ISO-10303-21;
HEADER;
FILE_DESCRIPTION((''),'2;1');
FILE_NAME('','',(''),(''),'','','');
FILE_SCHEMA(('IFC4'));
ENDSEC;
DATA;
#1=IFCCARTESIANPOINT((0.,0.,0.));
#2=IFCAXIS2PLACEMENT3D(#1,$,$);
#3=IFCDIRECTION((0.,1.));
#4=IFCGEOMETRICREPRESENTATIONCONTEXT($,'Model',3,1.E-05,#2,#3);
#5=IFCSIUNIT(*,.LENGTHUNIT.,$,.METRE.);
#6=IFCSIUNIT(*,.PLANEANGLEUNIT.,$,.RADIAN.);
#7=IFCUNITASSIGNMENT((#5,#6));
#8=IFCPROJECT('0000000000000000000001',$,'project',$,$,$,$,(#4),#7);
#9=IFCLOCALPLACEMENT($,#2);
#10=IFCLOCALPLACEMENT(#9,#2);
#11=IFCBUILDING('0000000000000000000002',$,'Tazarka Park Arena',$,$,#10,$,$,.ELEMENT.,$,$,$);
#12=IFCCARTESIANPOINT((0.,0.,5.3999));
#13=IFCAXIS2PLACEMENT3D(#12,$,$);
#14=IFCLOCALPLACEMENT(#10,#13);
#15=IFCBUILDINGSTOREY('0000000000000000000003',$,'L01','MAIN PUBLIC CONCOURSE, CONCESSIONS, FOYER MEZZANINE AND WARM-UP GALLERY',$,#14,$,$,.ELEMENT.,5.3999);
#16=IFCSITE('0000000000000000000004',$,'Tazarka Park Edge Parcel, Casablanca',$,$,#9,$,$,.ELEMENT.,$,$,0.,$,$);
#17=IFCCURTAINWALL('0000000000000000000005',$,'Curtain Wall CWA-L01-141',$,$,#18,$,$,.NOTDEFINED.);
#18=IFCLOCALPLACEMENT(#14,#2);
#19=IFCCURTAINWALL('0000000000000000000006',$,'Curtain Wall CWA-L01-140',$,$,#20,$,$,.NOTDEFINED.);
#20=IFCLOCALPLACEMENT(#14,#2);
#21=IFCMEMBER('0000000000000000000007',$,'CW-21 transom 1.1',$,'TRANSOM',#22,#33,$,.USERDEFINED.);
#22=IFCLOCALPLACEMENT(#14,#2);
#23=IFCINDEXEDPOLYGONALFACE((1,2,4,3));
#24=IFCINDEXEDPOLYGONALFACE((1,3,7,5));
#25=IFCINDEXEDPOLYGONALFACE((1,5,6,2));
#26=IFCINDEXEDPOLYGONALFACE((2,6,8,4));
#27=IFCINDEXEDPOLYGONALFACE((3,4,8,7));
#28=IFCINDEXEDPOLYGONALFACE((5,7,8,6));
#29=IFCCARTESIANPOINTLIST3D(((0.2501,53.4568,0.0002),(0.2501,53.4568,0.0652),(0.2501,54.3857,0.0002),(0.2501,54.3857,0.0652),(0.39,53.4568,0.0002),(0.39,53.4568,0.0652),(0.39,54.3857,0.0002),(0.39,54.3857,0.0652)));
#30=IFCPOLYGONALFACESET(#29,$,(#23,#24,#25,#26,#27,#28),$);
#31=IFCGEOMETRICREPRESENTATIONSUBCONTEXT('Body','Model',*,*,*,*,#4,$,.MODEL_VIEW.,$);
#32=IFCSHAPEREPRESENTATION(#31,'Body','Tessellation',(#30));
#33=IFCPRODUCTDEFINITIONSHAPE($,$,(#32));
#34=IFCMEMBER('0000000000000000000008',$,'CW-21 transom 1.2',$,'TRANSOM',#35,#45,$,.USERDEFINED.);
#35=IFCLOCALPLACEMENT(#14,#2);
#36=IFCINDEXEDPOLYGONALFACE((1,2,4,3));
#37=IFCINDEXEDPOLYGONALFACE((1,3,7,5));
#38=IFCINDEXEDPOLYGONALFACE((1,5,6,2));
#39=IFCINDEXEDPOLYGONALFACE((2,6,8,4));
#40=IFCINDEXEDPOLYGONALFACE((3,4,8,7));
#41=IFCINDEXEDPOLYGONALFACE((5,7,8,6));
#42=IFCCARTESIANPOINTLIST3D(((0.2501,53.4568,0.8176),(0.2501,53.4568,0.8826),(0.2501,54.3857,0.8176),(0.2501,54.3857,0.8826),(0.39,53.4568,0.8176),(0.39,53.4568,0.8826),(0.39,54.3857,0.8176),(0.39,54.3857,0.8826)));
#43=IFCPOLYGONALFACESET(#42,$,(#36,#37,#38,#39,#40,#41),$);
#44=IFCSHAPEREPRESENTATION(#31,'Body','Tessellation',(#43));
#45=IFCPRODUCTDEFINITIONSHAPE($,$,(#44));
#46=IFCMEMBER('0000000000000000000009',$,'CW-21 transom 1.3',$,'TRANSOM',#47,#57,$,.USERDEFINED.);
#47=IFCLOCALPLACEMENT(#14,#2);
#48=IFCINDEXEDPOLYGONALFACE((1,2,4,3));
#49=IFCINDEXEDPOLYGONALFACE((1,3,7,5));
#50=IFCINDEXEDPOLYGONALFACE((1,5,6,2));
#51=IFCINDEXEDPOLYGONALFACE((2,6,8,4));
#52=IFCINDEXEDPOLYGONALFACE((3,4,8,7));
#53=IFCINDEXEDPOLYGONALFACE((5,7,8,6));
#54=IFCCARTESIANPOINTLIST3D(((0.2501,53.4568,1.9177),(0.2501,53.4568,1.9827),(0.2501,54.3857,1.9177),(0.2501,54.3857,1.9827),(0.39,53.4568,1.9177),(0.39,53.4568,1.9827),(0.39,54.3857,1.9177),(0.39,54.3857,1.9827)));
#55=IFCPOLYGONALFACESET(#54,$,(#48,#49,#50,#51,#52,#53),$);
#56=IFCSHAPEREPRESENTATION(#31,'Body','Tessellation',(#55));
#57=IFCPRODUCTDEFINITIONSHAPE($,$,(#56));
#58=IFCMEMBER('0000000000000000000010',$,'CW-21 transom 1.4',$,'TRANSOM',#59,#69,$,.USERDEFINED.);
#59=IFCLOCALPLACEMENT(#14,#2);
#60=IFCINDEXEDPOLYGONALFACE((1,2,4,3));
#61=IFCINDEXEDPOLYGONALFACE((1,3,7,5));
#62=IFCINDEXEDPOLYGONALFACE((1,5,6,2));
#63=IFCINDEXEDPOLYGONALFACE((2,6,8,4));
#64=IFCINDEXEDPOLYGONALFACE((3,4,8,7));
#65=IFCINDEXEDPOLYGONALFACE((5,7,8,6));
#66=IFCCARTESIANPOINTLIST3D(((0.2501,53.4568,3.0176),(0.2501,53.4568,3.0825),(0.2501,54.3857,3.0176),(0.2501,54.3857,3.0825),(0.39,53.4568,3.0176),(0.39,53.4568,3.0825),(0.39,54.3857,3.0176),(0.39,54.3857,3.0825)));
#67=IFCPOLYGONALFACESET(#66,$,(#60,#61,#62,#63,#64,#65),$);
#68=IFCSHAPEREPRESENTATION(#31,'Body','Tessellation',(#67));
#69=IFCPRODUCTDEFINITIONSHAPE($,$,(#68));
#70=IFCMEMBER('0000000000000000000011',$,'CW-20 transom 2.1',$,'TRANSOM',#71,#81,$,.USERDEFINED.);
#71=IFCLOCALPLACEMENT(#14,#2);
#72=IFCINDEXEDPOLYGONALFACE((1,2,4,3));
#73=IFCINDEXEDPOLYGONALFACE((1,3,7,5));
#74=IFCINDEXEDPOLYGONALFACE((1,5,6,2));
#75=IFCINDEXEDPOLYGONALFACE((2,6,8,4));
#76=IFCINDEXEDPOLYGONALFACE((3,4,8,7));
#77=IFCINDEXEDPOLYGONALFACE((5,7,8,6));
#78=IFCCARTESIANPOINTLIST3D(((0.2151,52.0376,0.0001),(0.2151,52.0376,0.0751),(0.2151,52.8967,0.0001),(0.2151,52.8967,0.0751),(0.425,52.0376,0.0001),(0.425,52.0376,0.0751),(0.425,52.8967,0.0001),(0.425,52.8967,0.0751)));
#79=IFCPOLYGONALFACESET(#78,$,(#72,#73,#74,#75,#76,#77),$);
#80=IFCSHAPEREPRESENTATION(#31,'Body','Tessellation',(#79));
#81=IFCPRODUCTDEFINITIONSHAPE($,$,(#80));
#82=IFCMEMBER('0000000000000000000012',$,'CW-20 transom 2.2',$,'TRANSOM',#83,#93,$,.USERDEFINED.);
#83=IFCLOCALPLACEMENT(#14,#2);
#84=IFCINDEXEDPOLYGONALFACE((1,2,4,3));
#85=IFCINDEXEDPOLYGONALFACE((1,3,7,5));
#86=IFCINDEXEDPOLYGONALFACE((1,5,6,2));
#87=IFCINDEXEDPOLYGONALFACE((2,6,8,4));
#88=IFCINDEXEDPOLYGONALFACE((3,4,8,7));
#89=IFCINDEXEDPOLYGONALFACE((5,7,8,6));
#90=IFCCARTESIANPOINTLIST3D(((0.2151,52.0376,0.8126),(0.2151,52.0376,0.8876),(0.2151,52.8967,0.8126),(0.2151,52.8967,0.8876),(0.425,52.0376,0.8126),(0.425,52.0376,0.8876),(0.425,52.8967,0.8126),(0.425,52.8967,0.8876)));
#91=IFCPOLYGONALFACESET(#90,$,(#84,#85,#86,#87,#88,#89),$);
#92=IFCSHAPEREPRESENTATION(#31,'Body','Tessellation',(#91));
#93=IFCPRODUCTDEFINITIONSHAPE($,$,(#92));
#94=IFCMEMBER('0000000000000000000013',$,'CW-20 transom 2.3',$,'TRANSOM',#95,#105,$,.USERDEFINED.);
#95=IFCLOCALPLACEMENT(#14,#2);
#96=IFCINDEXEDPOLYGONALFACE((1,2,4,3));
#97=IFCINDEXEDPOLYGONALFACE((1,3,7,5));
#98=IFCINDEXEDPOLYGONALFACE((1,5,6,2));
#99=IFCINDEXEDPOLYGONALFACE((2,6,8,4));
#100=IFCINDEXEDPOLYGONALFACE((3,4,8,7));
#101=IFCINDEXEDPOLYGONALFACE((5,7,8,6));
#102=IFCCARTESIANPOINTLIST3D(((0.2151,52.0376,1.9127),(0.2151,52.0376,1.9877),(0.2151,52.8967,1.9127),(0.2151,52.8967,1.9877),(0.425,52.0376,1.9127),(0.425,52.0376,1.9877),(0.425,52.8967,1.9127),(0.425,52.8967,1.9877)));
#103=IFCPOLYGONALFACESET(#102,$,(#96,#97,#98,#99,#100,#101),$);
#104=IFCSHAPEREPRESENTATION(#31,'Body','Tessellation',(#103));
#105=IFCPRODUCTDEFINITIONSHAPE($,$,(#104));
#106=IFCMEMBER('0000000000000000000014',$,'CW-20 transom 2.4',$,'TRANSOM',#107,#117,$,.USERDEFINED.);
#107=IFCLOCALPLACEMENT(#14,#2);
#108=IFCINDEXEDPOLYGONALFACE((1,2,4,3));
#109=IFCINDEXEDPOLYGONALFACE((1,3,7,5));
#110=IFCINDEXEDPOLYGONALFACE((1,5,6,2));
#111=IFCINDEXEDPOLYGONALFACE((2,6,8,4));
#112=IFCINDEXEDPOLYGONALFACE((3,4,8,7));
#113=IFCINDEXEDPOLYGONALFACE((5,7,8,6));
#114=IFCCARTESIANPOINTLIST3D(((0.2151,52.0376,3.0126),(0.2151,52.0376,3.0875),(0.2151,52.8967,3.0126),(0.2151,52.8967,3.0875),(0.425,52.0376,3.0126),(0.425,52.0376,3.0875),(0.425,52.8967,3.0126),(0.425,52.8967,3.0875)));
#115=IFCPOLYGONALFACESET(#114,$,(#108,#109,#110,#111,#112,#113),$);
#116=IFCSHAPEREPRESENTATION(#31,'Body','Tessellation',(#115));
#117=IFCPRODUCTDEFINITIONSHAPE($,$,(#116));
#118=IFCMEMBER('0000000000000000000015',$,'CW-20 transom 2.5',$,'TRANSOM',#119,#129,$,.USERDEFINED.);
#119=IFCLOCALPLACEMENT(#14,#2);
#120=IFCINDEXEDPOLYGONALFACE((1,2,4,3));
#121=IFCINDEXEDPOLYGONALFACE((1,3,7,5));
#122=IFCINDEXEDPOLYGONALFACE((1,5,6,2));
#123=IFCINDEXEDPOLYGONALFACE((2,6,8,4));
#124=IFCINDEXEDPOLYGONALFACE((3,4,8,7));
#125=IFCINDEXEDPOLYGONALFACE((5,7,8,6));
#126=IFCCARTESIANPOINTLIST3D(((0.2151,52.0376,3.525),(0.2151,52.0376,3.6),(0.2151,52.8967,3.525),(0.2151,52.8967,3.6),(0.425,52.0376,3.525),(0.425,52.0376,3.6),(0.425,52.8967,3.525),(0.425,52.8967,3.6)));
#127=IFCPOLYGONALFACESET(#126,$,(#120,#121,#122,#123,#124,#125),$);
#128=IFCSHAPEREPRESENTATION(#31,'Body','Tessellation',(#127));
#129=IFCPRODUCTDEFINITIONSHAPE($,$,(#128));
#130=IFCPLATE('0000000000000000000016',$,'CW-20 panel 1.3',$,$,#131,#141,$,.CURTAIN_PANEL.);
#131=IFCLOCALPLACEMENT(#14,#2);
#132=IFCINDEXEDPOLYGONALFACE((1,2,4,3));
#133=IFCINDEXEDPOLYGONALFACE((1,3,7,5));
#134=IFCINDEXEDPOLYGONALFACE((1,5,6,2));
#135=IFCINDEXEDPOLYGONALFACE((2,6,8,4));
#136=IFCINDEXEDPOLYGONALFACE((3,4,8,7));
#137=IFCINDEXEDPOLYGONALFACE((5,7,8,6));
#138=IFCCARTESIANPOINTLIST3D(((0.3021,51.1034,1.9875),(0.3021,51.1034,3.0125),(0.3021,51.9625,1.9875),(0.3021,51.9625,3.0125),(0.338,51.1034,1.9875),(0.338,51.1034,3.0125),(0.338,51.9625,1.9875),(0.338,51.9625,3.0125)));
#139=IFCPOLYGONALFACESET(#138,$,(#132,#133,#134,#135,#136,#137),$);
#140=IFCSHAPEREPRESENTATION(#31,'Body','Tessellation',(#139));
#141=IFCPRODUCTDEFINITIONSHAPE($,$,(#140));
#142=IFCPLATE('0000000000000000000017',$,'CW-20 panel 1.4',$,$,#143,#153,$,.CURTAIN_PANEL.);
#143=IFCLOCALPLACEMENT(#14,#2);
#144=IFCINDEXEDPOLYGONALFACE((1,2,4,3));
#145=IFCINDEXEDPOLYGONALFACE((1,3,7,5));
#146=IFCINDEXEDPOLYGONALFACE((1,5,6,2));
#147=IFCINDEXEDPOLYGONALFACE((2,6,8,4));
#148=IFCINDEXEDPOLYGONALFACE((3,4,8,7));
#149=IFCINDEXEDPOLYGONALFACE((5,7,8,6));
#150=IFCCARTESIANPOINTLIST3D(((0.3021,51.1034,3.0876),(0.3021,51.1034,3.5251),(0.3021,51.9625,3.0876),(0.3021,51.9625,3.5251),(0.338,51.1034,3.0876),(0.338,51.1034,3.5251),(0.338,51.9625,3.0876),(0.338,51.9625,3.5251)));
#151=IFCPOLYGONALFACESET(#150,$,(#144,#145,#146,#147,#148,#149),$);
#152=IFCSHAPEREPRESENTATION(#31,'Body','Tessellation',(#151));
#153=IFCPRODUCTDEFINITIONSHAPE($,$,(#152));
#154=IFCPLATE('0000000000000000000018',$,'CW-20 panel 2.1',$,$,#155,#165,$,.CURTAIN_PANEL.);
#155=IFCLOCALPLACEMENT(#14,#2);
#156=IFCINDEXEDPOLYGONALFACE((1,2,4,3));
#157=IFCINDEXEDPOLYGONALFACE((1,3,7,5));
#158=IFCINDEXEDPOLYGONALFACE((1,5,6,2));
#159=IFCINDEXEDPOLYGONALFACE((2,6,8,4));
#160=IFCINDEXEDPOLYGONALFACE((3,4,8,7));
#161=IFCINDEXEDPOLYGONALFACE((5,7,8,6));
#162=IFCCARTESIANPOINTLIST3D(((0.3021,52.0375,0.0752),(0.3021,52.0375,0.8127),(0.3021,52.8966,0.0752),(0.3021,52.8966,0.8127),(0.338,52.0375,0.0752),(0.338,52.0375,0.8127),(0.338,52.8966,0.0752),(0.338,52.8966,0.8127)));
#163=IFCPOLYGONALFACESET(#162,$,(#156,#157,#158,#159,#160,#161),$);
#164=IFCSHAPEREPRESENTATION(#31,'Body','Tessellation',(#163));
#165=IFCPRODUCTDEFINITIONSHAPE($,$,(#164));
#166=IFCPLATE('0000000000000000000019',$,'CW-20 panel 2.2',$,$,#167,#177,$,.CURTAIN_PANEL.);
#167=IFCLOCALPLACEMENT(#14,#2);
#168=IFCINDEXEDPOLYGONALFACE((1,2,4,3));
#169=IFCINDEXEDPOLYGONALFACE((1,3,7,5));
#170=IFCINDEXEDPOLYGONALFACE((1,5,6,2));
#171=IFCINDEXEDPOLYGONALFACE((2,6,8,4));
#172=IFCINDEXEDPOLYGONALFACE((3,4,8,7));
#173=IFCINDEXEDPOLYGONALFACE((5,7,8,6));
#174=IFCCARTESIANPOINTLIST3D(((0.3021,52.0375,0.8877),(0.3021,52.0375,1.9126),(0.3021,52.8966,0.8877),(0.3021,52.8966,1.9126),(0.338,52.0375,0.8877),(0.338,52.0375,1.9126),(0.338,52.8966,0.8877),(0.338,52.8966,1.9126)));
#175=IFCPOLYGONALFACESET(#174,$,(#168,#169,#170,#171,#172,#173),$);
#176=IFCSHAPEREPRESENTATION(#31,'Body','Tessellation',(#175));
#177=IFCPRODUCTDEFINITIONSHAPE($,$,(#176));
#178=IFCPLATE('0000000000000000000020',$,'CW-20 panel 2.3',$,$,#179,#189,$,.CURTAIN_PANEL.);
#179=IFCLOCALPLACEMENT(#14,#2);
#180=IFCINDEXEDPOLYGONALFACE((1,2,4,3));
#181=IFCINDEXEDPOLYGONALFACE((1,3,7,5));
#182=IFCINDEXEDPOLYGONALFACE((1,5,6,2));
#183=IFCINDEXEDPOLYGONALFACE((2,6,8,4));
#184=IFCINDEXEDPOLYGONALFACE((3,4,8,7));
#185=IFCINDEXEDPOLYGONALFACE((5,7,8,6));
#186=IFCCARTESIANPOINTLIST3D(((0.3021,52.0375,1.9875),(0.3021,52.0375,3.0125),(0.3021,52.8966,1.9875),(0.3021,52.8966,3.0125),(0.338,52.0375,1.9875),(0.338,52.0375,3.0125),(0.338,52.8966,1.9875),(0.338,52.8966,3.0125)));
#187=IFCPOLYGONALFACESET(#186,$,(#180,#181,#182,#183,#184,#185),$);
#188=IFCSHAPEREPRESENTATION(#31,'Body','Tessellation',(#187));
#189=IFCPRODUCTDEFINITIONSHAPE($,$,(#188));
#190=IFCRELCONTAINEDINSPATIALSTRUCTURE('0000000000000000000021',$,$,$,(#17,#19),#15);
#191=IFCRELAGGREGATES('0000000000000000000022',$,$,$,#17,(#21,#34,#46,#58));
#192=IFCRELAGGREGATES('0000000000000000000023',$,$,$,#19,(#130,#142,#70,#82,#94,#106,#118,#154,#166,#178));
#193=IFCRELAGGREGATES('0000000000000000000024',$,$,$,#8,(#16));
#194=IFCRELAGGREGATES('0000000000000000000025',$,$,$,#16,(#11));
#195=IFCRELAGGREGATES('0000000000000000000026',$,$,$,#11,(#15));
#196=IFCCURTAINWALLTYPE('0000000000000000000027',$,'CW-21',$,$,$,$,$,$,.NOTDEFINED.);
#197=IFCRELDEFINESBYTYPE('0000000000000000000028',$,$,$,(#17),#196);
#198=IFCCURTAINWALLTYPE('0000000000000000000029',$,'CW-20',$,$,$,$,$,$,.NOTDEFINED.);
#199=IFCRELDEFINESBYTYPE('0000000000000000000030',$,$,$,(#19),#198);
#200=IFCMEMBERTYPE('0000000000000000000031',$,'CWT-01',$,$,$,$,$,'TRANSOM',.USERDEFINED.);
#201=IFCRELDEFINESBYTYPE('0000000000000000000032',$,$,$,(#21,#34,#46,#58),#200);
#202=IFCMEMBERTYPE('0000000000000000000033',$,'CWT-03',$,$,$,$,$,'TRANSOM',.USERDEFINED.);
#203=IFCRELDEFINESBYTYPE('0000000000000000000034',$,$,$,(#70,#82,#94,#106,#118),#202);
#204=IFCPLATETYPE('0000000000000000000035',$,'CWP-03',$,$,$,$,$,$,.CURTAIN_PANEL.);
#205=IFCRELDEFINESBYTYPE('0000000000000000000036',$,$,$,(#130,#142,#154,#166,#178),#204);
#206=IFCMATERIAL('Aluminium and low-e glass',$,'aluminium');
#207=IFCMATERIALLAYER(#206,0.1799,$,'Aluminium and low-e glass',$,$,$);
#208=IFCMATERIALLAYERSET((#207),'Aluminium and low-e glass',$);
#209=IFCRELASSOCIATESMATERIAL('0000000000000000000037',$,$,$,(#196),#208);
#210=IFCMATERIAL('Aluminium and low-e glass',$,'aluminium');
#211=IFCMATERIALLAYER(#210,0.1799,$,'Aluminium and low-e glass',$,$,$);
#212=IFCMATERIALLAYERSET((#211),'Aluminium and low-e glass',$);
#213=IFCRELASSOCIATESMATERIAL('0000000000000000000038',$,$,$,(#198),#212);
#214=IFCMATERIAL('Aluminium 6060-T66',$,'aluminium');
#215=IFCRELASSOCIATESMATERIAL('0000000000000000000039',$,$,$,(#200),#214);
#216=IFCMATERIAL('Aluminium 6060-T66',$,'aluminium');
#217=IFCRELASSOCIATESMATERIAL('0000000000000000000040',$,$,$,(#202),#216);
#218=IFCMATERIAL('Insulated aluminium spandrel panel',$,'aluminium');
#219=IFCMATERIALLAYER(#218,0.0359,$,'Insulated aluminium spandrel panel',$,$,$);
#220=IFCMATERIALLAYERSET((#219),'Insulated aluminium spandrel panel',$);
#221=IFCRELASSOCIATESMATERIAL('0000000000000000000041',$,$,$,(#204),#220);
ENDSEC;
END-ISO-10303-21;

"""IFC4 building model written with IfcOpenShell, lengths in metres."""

from ifc_helpers import new_model, si_unit, direction, frame, origin, origin_2d, place, context, subcontext, project, spatial, rectangle, extrude, material, layer, layer_set, material_profile, profile_set, type_object, element, aggregate, save


model = new_model("IFC4")

# Units and contexts
model_context = context("Model", 3, precision=1e-05, world=origin(), true_north=direction((0.0, 1.0)))
body_context = subcontext(model_context, "Body", "Model", "MODEL_VIEW")
ifc_project = project(units=[si_unit("LENGTHUNIT", "METRE"), si_unit("PLANEANGLEUNIT", "RADIAN")], contexts=[model_context])

# Site, building, storey
site_placement = place(None, origin())
site = spatial("IfcSite", under=ifc_project, at=site_placement, Name="Tazarka Park Edge Parcel, Casablanca", CompositionType="ELEMENT", RefElevation=0.0)
building_placement = place(site_placement, origin())
building = spatial("IfcBuilding", under=site, at=building_placement, Name="Tazarka Park Arena", CompositionType="ELEMENT")
storey_placement = place(building_placement, frame((0.0, 0.0, 5.3999)))
storey = spatial("IfcBuildingStorey", under=building, at=storey_placement, Name="L01", Description="MAIN PUBLIC CONCOURSE, CONCESSIONS, FOYER MEZZANINE AND WARM-UP GALLERY", CompositionType="ELEMENT", Elevation=5.3999)

# Curtain wall
ifc_material_1 = material(Name="Aluminium and low-e glass", Category="aluminium")
ifc_layer_1 = layer(ifc_material_1, 0.1799, Name="Aluminium and low-e glass")
ifc_layer_set_1 = layer_set([ifc_layer_1], Name="Aluminium and low-e glass")
curtain_wall_type_1 = type_object("IfcCurtainWallType", Name="CW-21", PredefinedType="NOTDEFINED", material=ifc_layer_set_1)
curtain_wall_1_placement = place(storey_placement, origin())
curtain_wall_1 = element("IfcCurtainWall", 1, at=curtain_wall_1_placement, inside=storey, type_object=curtain_wall_type_1, Name="Curtain Wall CWA-L01-141", PredefinedType="NOTDEFINED")

# Curtain wall
ifc_material_2 = material(Name="Aluminium and low-e glass", Category="aluminium")
ifc_layer_2 = layer(ifc_material_2, 0.1799, Name="Aluminium and low-e glass")
ifc_layer_set_2 = layer_set([ifc_layer_2], Name="Aluminium and low-e glass")
curtain_wall_type_2 = type_object("IfcCurtainWallType", Name="CW-20", PredefinedType="NOTDEFINED", material=ifc_layer_set_2)
curtain_wall_2_placement = place(storey_placement, origin())
curtain_wall_2 = element("IfcCurtainWall", 2, at=curtain_wall_2_placement, inside=storey, type_object=curtain_wall_type_2, Name="Curtain Wall CWA-L01-140", PredefinedType="NOTDEFINED")

# Members
ifc_material_3 = material(Name="Aluminium 6060-T66", Category="aluminium")
ifc_material_profile_1 = material_profile(ifc_material_3, rectangle(XDim=0.1399, YDim=0.0649, at=origin_2d()), Name="Aluminium 6060-T66")
ifc_profile_set_1 = profile_set([ifc_material_profile_1], Name="Aluminium 6060-T66")
member_type_1 = type_object("IfcMemberType", Name="CWT-01", ElementType="TRANSOM", PredefinedType="USERDEFINED", material=ifc_profile_set_1)
member_1_placement = place(storey_placement, frame((0.3201, 53.4568, 0.0327), z_axis=(0.0, 1.0, 0.0), x_axis=(-1.0, 0.0, 0.0)))
member_1 = element("IfcMember", 3, at=member_1_placement, type_object=member_type_1, Name="CW-21 transom 1.1", ObjectType="TRANSOM", PredefinedType="USERDEFINED", context=body_context, shape_type="SweptSolid", body=[
    extrude(rectangle(XDim=0.1399, YDim=0.0649, at=origin_2d()), origin(), (0.0, 0.0, 1.0), 0.929),
])
member_2_placement = place(storey_placement, frame((0.3201, 53.4568, 0.8501), z_axis=(0.0, 1.0, 0.0), x_axis=(-1.0, 0.0, 0.0)))
member_2 = element("IfcMember", 4, at=member_2_placement, type_object=member_type_1, Name="CW-21 transom 1.2", ObjectType="TRANSOM", PredefinedType="USERDEFINED", context=body_context, shape_type="SweptSolid", body=[
    extrude(rectangle(XDim=0.1399, YDim=0.0649, at=origin_2d()), origin(), (0.0, 0.0, 1.0), 0.929),
])
member_3_placement = place(storey_placement, frame((0.3201, 53.4568, 1.9502), z_axis=(0.0, 1.0, 0.0), x_axis=(-1.0, 0.0, 0.0)))
member_3 = element("IfcMember", 5, at=member_3_placement, type_object=member_type_1, Name="CW-21 transom 1.3", ObjectType="TRANSOM", PredefinedType="USERDEFINED", context=body_context, shape_type="SweptSolid", body=[
    extrude(rectangle(XDim=0.1399, YDim=0.0649, at=origin_2d()), origin(), (0.0, 0.0, 1.0), 0.929),
])
member_4_placement = place(storey_placement, frame((0.3201, 53.4568, 3.05), z_axis=(0.0, 1.0, 0.0), x_axis=(-1.0, 0.0, 0.0)))
member_4 = element("IfcMember", 6, at=member_4_placement, type_object=member_type_1, Name="CW-21 transom 1.4", ObjectType="TRANSOM", PredefinedType="USERDEFINED", context=body_context, shape_type="SweptSolid", body=[
    extrude(rectangle(XDim=0.1399, YDim=0.0649, at=origin_2d()), origin(), (0.0, 0.0, 1.0), 0.929),
])
aggregate(curtain_wall_1, [member_1, member_2, member_3, member_4])
ifc_material_4 = material(Name="Aluminium 6060-T66", Category="aluminium")
ifc_material_profile_2 = material_profile(ifc_material_4, rectangle(XDim=0.21, YDim=0.075, at=origin_2d()), Name="Aluminium 6060-T66")
ifc_profile_set_2 = profile_set([ifc_material_profile_2], Name="Aluminium 6060-T66")
member_type_2 = type_object("IfcMemberType", Name="CWT-03", ElementType="TRANSOM", PredefinedType="USERDEFINED", material=ifc_profile_set_2)
member_5_placement = place(storey_placement, frame((0.3201, 52.0376, 0.0376), z_axis=(0.0, 1.0, 0.0), x_axis=(-1.0, 0.0, 0.0)))
member_5 = element("IfcMember", 7, at=member_5_placement, type_object=member_type_2, Name="CW-20 transom 2.1", ObjectType="TRANSOM", PredefinedType="USERDEFINED", context=body_context, shape_type="SweptSolid", body=[
    extrude(rectangle(XDim=0.21, YDim=0.075, at=origin_2d()), origin(), (0.0, 0.0, 1.0), 0.8591),
])
member_6_placement = place(storey_placement, frame((0.3201, 52.0376, 0.8501), z_axis=(0.0, 1.0, 0.0), x_axis=(-1.0, 0.0, 0.0)))
member_6 = element("IfcMember", 8, at=member_6_placement, type_object=member_type_2, Name="CW-20 transom 2.2", ObjectType="TRANSOM", PredefinedType="USERDEFINED", context=body_context, shape_type="SweptSolid", body=[
    extrude(rectangle(XDim=0.21, YDim=0.075, at=origin_2d()), origin(), (0.0, 0.0, 1.0), 0.8591),
])
member_7_placement = place(storey_placement, frame((0.3201, 52.0376, 1.9502), z_axis=(0.0, 1.0, 0.0), x_axis=(-1.0, 0.0, 0.0)))
member_7 = element("IfcMember", 9, at=member_7_placement, type_object=member_type_2, Name="CW-20 transom 2.3", ObjectType="TRANSOM", PredefinedType="USERDEFINED", context=body_context, shape_type="SweptSolid", body=[
    extrude(rectangle(XDim=0.21, YDim=0.075, at=origin_2d()), origin(), (0.0, 0.0, 1.0), 0.8591),
])
member_8_placement = place(storey_placement, frame((0.3201, 52.0376, 3.05), z_axis=(0.0, 1.0, 0.0), x_axis=(-1.0, 0.0, 0.0)))
member_8 = element("IfcMember", 10, at=member_8_placement, type_object=member_type_2, Name="CW-20 transom 2.4", ObjectType="TRANSOM", PredefinedType="USERDEFINED", context=body_context, shape_type="SweptSolid", body=[
    extrude(rectangle(XDim=0.21, YDim=0.075, at=origin_2d()), origin(), (0.0, 0.0, 1.0), 0.8591),
])
member_9_placement = place(storey_placement, frame((0.3201, 52.0376, 3.5625), z_axis=(0.0, 1.0, 0.0), x_axis=(-1.0, 0.0, 0.0)))
member_9 = element("IfcMember", 11, at=member_9_placement, type_object=member_type_2, Name="CW-20 transom 2.5", ObjectType="TRANSOM", PredefinedType="USERDEFINED", context=body_context, shape_type="SweptSolid", body=[
    extrude(rectangle(XDim=0.21, YDim=0.075, at=origin_2d()), origin(), (0.0, 0.0, 1.0), 0.8591),
])

# Plates
ifc_material_5 = material(Name="Insulated aluminium spandrel panel", Category="aluminium")
ifc_layer_3 = layer(ifc_material_5, 0.0359, Name="Insulated aluminium spandrel panel")
ifc_layer_set_3 = layer_set([ifc_layer_3], Name="Insulated aluminium spandrel panel")
plate_type = type_object("IfcPlateType", Name="CWP-03", PredefinedType="CURTAIN_PANEL", material=ifc_layer_set_3)
plate_1_placement = place(storey_placement, frame((0.3201, 51.533, 1.9875), z_axis=(0.0, 0.0, 1.0), x_axis=(0.0, 1.0, 0.0)))
plate_1 = element("IfcPlate", 12, at=plate_1_placement, type_object=plate_type, Name="CW-20 panel 1.3", PredefinedType="CURTAIN_PANEL", context=body_context, shape_type="SweptSolid", body=[
    extrude(rectangle(XDim=0.8591, YDim=0.0359, at=origin_2d()), origin(), (0.0, 0.0, 1.0), 1.0249),
])
plate_2_placement = place(storey_placement, frame((0.3201, 51.533, 3.0876), z_axis=(0.0, 0.0, 1.0), x_axis=(0.0, 1.0, 0.0)))
plate_2 = element("IfcPlate", 13, at=plate_2_placement, type_object=plate_type, Name="CW-20 panel 1.4", PredefinedType="CURTAIN_PANEL", context=body_context, shape_type="SweptSolid", body=[
    extrude(rectangle(XDim=0.8591, YDim=0.0359, at=origin_2d()), origin(), (0.0, 0.0, 1.0), 0.4375),
])
plate_3_placement = place(storey_placement, frame((0.3201, 52.467, 0.0752), z_axis=(0.0, 0.0, 1.0), x_axis=(0.0, 1.0, 0.0)))
plate_3 = element("IfcPlate", 14, at=plate_3_placement, type_object=plate_type, Name="CW-20 panel 2.1", PredefinedType="CURTAIN_PANEL", context=body_context, shape_type="SweptSolid", body=[
    extrude(rectangle(XDim=0.8591, YDim=0.0359, at=origin_2d()), origin(), (0.0, 0.0, 1.0), 0.7375),
])
plate_4_placement = place(storey_placement, frame((0.3201, 52.467, 0.8877), z_axis=(0.0, 0.0, 1.0), x_axis=(0.0, 1.0, 0.0)))
plate_4 = element("IfcPlate", 15, at=plate_4_placement, type_object=plate_type, Name="CW-20 panel 2.2", PredefinedType="CURTAIN_PANEL", context=body_context, shape_type="SweptSolid", body=[
    extrude(rectangle(XDim=0.8591, YDim=0.0359, at=origin_2d()), origin(), (0.0, 0.0, 1.0), 1.0249),
])
plate_5_placement = place(storey_placement, frame((0.3201, 52.467, 1.9875), z_axis=(0.0, 0.0, 1.0), x_axis=(0.0, 1.0, 0.0)))
plate_5 = element("IfcPlate", 16, at=plate_5_placement, type_object=plate_type, Name="CW-20 panel 2.3", PredefinedType="CURTAIN_PANEL", context=body_context, shape_type="SweptSolid", body=[
    extrude(rectangle(XDim=0.8591, YDim=0.0359, at=origin_2d()), origin(), (0.0, 0.0, 1.0), 1.0249),
])
aggregate(curtain_wall_2, [plate_1, plate_2, member_5, member_6, member_7, member_8, member_9, plate_3, plate_4, plate_5])

save(model, "model.ifc")
